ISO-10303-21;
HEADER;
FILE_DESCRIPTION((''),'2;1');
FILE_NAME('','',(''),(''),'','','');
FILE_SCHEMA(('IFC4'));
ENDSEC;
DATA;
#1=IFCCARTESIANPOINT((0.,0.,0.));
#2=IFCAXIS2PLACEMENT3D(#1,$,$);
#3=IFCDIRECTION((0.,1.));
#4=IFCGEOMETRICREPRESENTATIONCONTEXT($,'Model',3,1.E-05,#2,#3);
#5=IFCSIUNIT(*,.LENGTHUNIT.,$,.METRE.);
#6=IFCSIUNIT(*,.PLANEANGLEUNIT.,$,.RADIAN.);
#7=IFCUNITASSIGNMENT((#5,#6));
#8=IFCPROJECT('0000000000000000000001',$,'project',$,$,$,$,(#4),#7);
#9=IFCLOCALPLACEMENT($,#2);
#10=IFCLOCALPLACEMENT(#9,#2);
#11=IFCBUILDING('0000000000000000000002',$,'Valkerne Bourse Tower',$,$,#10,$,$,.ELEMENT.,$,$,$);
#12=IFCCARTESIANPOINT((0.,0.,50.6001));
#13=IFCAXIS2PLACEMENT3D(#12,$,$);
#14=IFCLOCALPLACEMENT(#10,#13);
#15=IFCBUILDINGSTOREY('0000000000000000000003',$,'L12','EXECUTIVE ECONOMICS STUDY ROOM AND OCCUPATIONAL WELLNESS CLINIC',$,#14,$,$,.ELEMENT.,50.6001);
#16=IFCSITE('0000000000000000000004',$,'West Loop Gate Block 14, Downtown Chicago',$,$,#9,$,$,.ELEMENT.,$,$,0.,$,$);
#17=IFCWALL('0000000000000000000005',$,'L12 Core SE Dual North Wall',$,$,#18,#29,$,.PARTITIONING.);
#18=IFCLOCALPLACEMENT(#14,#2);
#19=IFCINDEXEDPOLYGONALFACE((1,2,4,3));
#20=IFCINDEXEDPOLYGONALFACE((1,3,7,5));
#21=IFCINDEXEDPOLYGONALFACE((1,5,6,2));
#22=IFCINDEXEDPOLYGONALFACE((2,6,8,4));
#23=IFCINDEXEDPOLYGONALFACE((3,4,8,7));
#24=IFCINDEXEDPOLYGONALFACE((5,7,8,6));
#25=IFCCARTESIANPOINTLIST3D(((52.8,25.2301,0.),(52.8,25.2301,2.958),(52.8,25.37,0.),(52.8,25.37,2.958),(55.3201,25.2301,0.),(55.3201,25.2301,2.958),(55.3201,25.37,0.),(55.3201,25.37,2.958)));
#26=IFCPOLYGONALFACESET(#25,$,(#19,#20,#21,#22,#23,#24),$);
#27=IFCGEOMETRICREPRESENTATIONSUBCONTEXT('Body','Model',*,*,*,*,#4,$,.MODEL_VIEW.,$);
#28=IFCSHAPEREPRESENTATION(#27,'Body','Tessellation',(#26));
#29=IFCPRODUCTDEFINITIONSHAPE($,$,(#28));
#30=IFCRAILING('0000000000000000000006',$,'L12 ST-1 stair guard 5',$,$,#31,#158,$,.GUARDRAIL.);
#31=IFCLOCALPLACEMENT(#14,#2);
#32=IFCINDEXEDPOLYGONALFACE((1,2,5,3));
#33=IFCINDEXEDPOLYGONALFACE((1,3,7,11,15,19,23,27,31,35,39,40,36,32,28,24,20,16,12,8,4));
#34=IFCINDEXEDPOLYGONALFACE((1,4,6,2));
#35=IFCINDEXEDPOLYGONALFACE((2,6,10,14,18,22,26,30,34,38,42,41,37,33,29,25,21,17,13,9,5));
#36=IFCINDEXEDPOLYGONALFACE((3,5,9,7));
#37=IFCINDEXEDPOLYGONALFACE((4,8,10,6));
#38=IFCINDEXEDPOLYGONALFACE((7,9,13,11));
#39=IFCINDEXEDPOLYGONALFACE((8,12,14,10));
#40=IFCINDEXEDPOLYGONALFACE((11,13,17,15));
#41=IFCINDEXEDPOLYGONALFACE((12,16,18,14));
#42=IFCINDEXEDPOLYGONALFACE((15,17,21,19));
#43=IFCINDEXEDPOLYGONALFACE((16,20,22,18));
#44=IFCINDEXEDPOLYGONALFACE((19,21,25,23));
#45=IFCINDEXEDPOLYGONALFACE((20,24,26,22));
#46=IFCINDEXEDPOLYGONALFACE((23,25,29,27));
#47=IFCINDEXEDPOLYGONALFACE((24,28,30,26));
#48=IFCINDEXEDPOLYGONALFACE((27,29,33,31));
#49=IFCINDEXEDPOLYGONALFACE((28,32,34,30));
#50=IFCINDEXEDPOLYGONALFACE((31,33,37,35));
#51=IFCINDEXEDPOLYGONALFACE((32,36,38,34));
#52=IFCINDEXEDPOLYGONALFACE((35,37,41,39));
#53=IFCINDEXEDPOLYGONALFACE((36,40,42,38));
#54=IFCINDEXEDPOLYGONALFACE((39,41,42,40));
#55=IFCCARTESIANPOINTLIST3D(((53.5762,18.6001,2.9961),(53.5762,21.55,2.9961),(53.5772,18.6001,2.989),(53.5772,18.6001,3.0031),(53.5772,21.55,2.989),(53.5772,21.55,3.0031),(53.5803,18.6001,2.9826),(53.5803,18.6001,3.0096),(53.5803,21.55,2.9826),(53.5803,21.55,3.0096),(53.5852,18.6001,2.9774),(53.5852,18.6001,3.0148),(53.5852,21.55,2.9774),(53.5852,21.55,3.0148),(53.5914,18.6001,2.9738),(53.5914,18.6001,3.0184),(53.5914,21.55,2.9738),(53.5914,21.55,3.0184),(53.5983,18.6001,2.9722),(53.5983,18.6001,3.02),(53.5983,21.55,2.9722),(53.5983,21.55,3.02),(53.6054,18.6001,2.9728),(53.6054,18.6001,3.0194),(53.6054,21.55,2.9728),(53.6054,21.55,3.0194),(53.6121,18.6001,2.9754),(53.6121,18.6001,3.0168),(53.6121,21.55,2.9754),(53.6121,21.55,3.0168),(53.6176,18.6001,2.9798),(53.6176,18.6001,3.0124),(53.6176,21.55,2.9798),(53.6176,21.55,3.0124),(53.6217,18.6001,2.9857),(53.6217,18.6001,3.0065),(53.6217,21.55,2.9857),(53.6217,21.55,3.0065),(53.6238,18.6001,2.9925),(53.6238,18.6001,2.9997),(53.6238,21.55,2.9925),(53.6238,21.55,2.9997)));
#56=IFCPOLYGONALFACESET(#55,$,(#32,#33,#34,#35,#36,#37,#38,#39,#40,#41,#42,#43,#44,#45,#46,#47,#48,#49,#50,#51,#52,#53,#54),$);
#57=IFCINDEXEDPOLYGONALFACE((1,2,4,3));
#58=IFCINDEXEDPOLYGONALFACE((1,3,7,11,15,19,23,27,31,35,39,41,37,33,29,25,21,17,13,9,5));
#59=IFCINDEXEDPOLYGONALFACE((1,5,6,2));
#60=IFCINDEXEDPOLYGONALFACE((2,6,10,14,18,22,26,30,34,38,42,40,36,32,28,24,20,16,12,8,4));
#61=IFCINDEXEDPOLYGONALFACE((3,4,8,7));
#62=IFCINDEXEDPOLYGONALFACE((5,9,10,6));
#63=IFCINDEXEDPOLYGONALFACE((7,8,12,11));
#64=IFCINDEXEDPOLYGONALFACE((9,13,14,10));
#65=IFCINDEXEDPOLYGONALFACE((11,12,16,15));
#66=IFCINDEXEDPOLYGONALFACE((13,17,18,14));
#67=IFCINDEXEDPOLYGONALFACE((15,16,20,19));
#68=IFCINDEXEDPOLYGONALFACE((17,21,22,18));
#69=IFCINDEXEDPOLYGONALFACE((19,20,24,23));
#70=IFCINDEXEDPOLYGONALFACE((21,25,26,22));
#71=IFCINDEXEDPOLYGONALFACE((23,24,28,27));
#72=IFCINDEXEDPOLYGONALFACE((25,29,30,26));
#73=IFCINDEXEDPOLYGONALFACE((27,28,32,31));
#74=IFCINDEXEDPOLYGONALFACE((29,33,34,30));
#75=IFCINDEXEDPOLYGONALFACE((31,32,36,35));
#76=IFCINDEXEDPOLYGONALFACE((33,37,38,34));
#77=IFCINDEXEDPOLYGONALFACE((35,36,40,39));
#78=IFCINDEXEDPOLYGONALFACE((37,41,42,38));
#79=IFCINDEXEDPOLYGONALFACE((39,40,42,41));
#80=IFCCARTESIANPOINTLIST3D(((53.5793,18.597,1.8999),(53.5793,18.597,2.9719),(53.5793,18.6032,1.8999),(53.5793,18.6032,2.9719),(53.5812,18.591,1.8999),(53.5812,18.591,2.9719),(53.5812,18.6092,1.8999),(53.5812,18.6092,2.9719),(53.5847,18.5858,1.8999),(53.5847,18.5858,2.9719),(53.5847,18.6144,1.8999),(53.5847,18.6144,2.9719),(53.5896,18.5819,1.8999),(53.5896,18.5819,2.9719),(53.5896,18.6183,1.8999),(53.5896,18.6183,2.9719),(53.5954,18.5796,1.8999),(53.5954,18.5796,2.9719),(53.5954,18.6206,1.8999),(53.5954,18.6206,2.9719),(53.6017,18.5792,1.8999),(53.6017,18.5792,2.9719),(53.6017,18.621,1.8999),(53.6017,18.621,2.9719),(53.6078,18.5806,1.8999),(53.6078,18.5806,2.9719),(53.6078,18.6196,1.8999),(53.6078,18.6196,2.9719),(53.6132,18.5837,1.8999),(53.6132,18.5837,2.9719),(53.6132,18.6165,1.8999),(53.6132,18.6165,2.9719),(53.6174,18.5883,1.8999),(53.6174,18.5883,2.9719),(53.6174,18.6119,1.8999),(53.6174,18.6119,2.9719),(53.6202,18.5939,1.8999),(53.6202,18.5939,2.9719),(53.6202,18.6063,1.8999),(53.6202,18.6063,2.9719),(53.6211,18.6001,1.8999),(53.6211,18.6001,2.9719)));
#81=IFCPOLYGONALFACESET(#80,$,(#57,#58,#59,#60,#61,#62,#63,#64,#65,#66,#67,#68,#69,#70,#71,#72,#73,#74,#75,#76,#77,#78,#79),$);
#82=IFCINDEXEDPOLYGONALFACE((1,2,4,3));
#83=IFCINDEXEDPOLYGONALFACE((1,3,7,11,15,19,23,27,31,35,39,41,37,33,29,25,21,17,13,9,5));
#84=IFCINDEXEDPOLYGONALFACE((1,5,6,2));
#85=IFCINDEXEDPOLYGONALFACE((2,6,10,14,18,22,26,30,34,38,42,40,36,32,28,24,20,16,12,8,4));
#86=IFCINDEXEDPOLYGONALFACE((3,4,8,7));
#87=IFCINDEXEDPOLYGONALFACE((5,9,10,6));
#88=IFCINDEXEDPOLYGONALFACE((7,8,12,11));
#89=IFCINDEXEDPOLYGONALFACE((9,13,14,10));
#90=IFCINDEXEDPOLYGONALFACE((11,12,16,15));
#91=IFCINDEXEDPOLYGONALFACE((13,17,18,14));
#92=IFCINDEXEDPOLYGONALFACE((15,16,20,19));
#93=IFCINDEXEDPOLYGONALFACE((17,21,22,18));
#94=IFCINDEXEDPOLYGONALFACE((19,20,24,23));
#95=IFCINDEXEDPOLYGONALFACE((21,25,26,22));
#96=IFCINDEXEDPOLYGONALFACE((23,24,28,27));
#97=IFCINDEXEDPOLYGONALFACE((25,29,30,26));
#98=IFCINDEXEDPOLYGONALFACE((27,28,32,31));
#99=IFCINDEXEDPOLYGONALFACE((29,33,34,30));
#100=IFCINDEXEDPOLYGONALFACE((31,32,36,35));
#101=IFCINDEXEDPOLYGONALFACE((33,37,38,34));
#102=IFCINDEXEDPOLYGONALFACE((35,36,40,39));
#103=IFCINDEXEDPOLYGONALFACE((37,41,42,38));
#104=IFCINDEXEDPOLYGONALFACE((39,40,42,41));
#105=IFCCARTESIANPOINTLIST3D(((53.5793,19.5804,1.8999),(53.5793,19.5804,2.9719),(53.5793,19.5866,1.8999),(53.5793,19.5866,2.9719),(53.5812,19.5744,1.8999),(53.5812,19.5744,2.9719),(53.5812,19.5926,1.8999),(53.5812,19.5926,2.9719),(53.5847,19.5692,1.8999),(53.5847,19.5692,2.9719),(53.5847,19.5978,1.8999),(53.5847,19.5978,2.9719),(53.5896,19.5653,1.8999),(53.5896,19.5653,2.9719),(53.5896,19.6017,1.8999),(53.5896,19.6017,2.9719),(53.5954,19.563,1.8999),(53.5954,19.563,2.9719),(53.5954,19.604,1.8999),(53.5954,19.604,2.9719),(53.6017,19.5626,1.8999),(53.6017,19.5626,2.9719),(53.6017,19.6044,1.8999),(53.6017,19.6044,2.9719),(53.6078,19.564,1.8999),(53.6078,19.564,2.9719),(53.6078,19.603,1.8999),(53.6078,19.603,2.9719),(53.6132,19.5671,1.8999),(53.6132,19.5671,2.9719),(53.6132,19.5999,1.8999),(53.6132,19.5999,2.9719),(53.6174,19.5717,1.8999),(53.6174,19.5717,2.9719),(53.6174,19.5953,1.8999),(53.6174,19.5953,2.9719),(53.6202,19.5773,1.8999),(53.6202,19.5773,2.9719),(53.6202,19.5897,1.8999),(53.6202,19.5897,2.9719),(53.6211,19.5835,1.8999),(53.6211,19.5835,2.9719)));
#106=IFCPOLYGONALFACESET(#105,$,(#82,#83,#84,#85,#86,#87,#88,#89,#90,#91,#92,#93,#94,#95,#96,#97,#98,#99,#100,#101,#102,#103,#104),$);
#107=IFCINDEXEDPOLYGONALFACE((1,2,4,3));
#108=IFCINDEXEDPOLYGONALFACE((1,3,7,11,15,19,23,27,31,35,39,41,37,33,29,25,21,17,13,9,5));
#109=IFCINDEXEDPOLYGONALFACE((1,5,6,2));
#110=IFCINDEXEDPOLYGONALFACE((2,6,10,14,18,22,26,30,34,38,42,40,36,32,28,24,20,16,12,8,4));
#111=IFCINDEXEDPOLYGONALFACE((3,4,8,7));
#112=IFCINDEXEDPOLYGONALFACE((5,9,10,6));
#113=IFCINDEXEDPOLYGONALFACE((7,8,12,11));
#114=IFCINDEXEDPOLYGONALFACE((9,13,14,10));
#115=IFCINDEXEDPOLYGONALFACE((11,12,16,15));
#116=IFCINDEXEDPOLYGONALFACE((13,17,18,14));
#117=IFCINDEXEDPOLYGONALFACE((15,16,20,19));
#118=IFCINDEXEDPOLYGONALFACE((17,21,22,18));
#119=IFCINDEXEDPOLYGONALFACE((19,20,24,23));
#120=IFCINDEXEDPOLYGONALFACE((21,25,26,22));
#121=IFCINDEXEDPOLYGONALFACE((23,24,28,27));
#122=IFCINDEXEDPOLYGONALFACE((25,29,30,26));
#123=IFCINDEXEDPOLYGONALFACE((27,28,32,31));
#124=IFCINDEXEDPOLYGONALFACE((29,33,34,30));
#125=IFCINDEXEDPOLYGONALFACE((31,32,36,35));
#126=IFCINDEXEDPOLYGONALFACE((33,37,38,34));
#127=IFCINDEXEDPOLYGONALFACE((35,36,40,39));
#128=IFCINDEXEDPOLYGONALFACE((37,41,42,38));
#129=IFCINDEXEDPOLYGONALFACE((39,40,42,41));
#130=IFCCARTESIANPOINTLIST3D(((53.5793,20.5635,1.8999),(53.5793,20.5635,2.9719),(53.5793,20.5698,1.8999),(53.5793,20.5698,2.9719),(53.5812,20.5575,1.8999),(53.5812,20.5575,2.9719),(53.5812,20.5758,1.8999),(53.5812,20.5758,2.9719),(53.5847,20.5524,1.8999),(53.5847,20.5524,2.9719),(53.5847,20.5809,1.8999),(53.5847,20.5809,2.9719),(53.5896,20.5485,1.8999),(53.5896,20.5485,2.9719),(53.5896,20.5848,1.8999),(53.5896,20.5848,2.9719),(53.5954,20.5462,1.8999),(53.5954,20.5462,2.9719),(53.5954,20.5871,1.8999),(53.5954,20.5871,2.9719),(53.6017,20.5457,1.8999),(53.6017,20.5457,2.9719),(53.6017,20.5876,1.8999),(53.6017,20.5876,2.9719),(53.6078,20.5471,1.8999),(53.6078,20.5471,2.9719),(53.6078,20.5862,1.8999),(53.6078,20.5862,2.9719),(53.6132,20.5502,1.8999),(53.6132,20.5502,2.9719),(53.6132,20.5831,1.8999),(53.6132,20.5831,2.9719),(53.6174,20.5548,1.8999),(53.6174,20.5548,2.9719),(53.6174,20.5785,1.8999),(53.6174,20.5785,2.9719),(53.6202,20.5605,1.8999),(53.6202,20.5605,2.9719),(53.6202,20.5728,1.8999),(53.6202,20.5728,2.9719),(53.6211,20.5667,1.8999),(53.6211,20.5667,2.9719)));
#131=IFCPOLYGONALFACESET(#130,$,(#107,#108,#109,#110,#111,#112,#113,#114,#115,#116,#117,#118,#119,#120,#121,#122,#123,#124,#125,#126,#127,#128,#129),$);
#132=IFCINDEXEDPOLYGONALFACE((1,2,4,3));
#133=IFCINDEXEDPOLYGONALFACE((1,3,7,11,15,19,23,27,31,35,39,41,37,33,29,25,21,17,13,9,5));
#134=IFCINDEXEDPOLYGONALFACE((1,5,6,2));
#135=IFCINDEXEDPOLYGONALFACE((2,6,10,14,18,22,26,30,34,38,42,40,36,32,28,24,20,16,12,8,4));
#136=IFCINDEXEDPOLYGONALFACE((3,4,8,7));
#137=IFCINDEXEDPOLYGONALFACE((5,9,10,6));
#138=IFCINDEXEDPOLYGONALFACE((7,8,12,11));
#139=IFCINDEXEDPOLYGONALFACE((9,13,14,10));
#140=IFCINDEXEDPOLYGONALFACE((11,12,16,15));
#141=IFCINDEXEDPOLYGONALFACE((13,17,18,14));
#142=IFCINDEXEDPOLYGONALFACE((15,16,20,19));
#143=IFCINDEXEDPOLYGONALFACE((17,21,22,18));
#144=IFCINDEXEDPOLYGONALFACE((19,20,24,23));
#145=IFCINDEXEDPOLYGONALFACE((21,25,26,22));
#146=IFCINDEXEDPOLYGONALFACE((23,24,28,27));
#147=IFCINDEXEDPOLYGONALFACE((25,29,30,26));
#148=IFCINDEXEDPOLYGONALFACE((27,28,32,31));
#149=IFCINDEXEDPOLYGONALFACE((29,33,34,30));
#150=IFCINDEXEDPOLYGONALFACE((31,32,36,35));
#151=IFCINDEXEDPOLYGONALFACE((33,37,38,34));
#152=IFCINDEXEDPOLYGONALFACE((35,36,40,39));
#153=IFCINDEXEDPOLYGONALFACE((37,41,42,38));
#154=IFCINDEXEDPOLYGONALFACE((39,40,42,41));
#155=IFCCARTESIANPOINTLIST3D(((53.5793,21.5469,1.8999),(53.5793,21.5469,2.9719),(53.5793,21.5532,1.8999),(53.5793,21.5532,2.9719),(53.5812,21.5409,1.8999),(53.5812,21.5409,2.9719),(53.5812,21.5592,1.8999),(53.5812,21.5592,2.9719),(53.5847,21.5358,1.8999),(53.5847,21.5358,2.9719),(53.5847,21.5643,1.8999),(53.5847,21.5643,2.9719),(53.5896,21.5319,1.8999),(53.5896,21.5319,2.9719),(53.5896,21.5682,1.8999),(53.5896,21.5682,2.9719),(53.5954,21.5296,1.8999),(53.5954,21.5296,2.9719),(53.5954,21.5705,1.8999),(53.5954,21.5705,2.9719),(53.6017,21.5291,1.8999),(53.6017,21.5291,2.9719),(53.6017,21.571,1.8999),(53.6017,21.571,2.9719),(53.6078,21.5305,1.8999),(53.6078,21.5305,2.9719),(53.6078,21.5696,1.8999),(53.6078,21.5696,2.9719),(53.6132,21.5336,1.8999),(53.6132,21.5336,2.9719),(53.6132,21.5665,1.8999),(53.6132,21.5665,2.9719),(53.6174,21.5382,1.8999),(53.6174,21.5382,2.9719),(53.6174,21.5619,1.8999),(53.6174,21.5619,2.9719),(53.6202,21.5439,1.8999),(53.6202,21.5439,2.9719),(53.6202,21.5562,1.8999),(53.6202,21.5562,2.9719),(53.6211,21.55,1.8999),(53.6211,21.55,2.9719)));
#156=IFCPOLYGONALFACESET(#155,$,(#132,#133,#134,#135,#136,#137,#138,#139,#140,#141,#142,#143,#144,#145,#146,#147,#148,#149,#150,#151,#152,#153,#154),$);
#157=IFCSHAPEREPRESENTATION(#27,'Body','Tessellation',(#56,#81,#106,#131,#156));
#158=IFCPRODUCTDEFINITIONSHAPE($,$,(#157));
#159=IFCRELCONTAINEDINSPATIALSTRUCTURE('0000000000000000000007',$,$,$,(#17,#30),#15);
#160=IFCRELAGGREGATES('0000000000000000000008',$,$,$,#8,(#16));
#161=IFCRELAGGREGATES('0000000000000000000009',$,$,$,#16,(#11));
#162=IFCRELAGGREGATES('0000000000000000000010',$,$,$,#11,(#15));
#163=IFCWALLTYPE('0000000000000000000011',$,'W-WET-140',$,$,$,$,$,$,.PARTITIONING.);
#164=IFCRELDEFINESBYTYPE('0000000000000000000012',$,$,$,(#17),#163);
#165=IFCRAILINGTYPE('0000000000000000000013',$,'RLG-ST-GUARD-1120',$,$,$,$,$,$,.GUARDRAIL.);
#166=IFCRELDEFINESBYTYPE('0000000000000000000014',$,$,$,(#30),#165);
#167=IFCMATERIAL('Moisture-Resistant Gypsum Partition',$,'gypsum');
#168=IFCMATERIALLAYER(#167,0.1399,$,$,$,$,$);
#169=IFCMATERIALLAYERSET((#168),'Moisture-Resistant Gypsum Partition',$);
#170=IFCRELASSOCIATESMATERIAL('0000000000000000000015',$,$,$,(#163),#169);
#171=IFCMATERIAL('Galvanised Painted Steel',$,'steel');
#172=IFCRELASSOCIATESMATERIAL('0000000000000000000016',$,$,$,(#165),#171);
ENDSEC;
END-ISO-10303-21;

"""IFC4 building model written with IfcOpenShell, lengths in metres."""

from ifc_helpers import new_model, si_unit, direction, frame, frame_2d, origin, origin_2d, place, context, subcontext, project, spatial, rectangle, circle, extrude, material, layer, layer_set, type_object, element, save


model = new_model("IFC4")

# Units and contexts
model_context = context("Model", 3, precision=1e-05, world=origin(), true_north=direction((0.0, 1.0)))
body_context = subcontext(model_context, "Body", "Model", "MODEL_VIEW")
ifc_project = project(units=[si_unit("LENGTHUNIT", "METRE"), si_unit("PLANEANGLEUNIT", "RADIAN")], contexts=[model_context])

# Site, building, storey
site_placement = place(None, origin())
site = spatial("IfcSite", under=ifc_project, at=site_placement, Name="West Loop Gate Block 14, Downtown Chicago", CompositionType="ELEMENT", RefElevation=0.0)
building_placement = place(site_placement, origin())
building = spatial("IfcBuilding", under=site, at=building_placement, Name="Valkerne Bourse Tower", CompositionType="ELEMENT")
storey_placement = place(building_placement, frame((0.0, 0.0, 50.6001)))
storey = spatial("IfcBuildingStorey", under=building, at=storey_placement, Name="L12", Description="EXECUTIVE ECONOMICS STUDY ROOM AND OCCUPATIONAL WELLNESS CLINIC", CompositionType="ELEMENT", Elevation=50.6001)

# Shared definitions
ifc_material_1 = material(Name="Galvanised Painted Steel", Category="steel")

# Shared definitions
ifc_material_2 = material(Name="Moisture-Resistant Gypsum Partition", Category="gypsum")
ifc_layer_1 = layer(ifc_material_2, 0.1399)
ifc_layer_set_1 = layer_set([ifc_layer_1], Name="Moisture-Resistant Gypsum Partition")
wall_type_1 = type_object("IfcWallType", Name="W-WET-140", PredefinedType="PARTITIONING", material=ifc_layer_set_1)

# Wall
wall_1_placement = place(storey_placement, frame((52.8, 25.3, 0.0), z_axis=(0.0, 0.0, 1.0), x_axis=(1.0, 0.0, 0.0)))
element("IfcWall", 1, at=wall_1_placement, inside=storey, type_object=wall_type_1, Name="L12 Core SE Dual North Wall", PredefinedType="PARTITIONING", context=body_context, shape_type="SweptSolid", body=[
    extrude(rectangle(XDim=2.52, YDim=0.1399, at=frame_2d((1.26, 0.0))), origin(), (0.0, 0.0, 1.0), 2.958),
])

# Railing
railing_type = type_object("IfcRailingType", Name="RLG-ST-GUARD-1120", PredefinedType="GUARDRAIL", material=ifc_material_1)
railing_placement = place(storey_placement, frame((53.6001, 18.6001, 1.8999)))
element("IfcRailing", 2, at=railing_placement, inside=storey, type_object=railing_type, Name="L12 ST-1 stair guard 5", PredefinedType="GUARDRAIL", context=body_context, shape_type="SweptSolid", body=[
    extrude(circle(Radius=0.0239, at=origin_2d()), frame((0.0, 0.0, 1.0962), z_axis=(0.0, 1.0, 0.0), x_axis=(-1.0, 0.0, 0.0)), (0.0, 0.0, 1.0), 2.95),
    extrude(circle(Radius=0.021, at=origin_2d()), origin(), (0.0, 0.0, 1.0), 1.072),
    extrude(circle(Radius=0.021, at=origin_2d()), frame((0.0, 0.9834, 0.0)), (0.0, 0.0, 1.0), 1.072),
    extrude(circle(Radius=0.021, at=origin_2d()), frame((0.0, 1.9666, 0.0)), (0.0, 0.0, 1.0), 1.072),
    extrude(circle(Radius=0.021, at=origin_2d()), frame((0.0, 2.95, 0.0)), (0.0, 0.0, 1.0), 1.072),
])

save(model, "model.ifc")
